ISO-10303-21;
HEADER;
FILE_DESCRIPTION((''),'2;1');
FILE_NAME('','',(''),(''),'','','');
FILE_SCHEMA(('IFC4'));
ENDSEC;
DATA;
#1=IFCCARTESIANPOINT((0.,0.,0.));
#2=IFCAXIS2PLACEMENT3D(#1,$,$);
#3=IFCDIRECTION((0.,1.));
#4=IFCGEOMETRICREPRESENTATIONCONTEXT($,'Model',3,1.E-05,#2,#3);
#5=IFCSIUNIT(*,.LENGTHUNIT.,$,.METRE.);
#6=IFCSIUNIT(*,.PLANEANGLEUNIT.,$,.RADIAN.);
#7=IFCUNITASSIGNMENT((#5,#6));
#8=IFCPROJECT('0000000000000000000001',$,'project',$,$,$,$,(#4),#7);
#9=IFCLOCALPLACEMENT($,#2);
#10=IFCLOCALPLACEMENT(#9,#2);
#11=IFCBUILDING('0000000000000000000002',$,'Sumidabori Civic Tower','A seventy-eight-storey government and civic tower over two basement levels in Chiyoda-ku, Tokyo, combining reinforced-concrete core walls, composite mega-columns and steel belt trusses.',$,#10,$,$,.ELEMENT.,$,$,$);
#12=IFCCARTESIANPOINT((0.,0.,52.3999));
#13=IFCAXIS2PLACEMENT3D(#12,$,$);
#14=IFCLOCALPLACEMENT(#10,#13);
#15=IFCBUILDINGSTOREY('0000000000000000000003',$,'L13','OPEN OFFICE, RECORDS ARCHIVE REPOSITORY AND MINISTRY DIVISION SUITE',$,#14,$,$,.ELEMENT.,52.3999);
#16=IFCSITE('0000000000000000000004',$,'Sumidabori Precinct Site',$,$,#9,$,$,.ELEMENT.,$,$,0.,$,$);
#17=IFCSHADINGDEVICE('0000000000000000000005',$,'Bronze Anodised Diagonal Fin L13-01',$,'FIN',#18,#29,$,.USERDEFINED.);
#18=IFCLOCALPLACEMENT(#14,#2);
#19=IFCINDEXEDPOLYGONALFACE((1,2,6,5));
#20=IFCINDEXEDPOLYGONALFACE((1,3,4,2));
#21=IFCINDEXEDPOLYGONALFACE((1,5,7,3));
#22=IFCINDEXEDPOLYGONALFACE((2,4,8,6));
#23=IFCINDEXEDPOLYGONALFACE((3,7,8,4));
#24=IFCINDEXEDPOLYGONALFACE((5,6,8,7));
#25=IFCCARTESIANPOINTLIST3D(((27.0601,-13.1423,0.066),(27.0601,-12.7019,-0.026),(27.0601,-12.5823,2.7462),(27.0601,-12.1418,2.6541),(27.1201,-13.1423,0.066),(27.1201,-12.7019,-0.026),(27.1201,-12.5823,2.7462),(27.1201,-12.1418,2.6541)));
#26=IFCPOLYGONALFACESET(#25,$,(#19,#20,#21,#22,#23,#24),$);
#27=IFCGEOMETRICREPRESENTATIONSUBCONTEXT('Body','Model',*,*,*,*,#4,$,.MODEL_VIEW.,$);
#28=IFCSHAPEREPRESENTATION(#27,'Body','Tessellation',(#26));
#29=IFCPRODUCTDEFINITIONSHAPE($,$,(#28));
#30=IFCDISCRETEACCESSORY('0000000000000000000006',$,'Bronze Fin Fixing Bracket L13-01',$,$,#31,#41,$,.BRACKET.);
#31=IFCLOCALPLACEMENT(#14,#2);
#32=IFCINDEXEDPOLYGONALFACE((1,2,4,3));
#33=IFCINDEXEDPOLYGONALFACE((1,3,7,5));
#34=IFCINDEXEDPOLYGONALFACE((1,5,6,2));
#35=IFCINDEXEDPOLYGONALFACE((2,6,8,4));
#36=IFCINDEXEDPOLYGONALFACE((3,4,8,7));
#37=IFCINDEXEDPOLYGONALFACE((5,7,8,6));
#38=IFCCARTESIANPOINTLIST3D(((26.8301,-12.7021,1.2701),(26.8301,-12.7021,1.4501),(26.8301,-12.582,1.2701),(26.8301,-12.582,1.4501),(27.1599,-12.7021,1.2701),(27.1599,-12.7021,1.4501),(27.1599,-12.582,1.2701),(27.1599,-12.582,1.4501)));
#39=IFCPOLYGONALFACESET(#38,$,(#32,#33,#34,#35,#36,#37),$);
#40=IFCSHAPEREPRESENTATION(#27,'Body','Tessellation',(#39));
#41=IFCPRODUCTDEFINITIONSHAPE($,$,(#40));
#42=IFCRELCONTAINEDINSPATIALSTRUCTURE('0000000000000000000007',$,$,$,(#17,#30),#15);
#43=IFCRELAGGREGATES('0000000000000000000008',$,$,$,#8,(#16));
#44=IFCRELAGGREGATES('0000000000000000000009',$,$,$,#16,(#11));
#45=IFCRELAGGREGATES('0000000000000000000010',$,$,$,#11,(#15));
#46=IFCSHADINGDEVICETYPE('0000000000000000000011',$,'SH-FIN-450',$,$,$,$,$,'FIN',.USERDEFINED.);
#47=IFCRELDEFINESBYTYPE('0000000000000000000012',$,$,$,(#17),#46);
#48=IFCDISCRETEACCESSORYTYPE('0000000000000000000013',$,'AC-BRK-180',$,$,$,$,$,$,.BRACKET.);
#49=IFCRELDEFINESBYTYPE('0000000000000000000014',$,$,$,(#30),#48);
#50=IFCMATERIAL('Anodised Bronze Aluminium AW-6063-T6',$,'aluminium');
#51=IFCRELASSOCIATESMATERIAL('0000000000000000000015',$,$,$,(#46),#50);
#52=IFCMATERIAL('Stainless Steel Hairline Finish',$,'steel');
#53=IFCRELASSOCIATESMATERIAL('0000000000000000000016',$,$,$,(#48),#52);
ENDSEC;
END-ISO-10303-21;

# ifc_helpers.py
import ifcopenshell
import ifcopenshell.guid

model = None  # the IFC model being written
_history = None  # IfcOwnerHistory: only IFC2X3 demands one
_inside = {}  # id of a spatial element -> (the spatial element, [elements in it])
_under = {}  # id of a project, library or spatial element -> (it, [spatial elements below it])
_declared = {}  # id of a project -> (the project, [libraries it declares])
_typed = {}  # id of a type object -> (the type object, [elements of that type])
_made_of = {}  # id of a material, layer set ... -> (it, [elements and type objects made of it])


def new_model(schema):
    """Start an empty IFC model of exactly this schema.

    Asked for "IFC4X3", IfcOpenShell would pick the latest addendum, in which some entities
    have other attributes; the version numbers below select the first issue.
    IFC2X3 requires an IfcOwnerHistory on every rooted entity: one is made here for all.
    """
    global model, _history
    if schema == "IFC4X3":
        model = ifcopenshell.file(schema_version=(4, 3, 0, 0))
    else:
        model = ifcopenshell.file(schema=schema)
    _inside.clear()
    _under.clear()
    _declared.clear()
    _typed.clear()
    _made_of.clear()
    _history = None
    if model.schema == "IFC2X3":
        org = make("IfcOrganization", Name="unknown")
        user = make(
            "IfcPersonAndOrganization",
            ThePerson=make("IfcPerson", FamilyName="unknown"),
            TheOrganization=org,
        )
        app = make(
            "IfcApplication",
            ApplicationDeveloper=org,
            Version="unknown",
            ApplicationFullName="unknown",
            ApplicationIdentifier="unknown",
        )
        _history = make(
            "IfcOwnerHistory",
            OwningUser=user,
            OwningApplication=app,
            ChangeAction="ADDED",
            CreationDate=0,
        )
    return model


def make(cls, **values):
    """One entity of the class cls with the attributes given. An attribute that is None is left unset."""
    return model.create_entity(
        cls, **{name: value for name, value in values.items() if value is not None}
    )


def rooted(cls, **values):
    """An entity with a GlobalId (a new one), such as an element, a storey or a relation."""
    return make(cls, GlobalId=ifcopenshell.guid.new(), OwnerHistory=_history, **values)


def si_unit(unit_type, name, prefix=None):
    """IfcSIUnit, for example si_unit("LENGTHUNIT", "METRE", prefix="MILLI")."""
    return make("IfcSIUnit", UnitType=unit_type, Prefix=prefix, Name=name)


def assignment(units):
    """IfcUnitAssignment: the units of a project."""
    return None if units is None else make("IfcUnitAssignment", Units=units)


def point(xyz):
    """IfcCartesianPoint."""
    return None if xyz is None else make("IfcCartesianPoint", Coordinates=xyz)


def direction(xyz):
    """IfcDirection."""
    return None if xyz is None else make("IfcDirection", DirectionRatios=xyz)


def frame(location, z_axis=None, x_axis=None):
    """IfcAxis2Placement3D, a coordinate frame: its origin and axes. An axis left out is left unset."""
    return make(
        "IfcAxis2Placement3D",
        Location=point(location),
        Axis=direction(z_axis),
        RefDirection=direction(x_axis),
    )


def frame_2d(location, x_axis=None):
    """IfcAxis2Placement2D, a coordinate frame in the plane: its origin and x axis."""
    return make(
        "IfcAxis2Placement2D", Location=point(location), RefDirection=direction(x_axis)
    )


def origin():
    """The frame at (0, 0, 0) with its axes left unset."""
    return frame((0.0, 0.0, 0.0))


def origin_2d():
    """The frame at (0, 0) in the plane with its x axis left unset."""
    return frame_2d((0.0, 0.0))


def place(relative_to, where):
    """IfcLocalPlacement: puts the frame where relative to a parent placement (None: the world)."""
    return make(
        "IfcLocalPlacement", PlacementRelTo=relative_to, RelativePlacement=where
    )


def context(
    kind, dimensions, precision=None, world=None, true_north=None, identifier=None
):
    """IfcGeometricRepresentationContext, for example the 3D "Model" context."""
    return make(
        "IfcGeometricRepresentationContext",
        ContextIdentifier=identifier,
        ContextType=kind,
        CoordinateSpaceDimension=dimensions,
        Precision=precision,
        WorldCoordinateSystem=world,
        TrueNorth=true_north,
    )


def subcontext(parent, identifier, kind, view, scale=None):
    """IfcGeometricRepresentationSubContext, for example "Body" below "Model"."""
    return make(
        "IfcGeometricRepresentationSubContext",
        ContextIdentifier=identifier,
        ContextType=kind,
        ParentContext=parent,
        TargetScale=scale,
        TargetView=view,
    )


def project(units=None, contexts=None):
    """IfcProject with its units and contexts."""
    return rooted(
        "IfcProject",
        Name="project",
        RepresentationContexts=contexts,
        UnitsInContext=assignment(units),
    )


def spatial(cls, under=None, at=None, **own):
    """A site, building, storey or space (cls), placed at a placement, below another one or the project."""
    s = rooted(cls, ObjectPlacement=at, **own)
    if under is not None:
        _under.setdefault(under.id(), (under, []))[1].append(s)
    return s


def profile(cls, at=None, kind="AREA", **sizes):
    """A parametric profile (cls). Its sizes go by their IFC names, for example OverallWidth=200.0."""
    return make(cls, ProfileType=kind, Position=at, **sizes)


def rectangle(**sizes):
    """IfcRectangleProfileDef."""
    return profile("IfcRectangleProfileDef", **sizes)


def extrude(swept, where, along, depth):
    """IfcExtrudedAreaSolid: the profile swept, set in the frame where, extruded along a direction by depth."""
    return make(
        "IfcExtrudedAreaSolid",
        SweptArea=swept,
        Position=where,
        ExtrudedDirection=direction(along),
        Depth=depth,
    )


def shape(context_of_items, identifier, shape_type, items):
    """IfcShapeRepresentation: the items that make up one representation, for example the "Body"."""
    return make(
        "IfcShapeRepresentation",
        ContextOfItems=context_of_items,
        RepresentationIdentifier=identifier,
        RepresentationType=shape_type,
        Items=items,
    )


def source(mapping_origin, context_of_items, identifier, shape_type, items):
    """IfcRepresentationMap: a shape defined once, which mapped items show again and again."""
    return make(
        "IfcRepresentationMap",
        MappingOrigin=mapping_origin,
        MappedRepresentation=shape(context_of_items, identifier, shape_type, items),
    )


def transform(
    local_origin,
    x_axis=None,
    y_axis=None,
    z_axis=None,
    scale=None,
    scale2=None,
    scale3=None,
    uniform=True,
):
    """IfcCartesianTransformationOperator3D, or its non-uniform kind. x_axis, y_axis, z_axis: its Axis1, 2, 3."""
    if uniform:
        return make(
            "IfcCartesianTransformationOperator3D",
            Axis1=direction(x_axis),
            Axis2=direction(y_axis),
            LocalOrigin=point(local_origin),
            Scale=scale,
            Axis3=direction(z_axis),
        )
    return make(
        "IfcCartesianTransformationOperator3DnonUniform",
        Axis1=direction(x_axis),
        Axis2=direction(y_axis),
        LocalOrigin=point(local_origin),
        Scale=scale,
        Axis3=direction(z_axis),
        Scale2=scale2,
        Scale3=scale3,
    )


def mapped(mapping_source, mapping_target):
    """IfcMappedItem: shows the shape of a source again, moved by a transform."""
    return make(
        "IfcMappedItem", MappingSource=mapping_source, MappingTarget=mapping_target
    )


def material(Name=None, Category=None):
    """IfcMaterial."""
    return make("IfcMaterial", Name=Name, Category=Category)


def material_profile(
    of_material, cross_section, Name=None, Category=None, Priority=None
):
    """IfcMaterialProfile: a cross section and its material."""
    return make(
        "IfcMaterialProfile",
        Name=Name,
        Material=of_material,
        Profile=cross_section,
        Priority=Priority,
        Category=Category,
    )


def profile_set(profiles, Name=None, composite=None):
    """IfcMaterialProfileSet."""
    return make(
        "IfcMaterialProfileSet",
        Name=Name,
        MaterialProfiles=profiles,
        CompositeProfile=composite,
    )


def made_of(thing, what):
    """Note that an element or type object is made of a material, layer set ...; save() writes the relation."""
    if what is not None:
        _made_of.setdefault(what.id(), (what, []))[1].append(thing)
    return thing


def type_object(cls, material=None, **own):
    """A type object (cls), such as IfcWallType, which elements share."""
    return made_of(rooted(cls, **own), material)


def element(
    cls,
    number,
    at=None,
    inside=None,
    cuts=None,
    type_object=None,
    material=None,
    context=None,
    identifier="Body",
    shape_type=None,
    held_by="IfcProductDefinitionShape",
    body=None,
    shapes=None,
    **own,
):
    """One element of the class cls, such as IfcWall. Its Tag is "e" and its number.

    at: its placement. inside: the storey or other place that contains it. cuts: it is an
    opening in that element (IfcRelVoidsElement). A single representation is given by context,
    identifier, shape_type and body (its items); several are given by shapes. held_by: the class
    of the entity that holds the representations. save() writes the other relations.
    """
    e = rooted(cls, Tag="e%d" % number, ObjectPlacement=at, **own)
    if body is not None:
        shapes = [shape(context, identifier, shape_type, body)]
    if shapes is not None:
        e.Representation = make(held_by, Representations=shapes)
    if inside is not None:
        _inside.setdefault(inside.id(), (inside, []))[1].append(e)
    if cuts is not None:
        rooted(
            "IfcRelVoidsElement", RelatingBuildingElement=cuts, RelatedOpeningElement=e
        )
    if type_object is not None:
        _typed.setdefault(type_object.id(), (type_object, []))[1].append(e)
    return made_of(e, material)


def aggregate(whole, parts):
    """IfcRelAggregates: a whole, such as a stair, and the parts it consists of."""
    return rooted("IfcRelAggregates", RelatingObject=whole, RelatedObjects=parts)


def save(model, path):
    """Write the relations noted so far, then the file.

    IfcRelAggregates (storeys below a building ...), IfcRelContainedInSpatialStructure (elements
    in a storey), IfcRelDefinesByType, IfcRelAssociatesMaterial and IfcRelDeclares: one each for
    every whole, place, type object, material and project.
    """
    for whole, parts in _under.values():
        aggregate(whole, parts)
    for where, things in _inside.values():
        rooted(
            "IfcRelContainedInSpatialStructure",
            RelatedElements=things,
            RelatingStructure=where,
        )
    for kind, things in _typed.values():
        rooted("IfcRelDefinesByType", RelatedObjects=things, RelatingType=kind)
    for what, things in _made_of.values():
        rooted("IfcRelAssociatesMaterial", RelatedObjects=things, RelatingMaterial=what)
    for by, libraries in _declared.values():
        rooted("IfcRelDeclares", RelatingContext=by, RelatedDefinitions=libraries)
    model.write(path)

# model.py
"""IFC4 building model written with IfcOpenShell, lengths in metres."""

from ifc_helpers import new_model, si_unit, direction, frame, origin, origin_2d, place, context, subcontext, project, spatial, rectangle, extrude, source, transform, mapped, material, material_profile, profile_set, type_object, element, save


model = new_model("IFC4")

# Units and contexts
model_context = context("Model", 3, precision=1e-05, world=origin(), true_north=direction((0.0, 1.0)))
body_context = subcontext(model_context, "Body", "Model", "MODEL_VIEW")
ifc_project = project(units=[si_unit("LENGTHUNIT", "METRE"), si_unit("PLANEANGLEUNIT", "RADIAN")], contexts=[model_context])

# Site, building, storey
site_placement = place(None, origin())
site = spatial("IfcSite", under=ifc_project, at=site_placement, Name="Sumidabori Precinct Site", CompositionType="ELEMENT", RefElevation=0.0)
building_placement = place(site_placement, origin())
building = spatial("IfcBuilding", under=site, at=building_placement, Name="Sumidabori Civic Tower", Description="A seventy-eight-storey government and civic tower over two basement levels in Chiyoda-ku, Tokyo, combining reinforced-concrete core walls, composite mega-columns and steel belt trusses.", CompositionType="ELEMENT")
storey_placement = place(building_placement, frame((0.0, 0.0, 52.3999)))
storey = spatial("IfcBuildingStorey", under=building, at=storey_placement, Name="L13", Description="OPEN OFFICE, RECORDS ARCHIVE REPOSITORY AND MINISTRY DIVISION SUITE", CompositionType="ELEMENT", Elevation=52.3999)

# Shared definitions
ifc_material_1 = material(Name="Anodised Bronze Aluminium AW-6063-T6", Category="aluminium")

# Shading device
ifc_material_profile_1 = material_profile(ifc_material_1, rectangle(XDim=0.0601, YDim=0.45, at=origin_2d()), Name="BRONZE FIN 450x60")
ifc_profile_set_1 = profile_set([ifc_material_profile_1], Name="Anodised Bronze Aluminium AW-6063-T6")
shading_device_type = type_object("IfcShadingDeviceType", Name="SH-FIN-450", ElementType="FIN", PredefinedType="USERDEFINED", material=ifc_profile_set_1)
shared_shape_1 = source(origin(), body_context, "Body", "SweptSolid", [
    extrude(rectangle(XDim=0.0601, YDim=0.45, at=origin_2d()), origin(), (0.0, 0.0, 1.0), 2.738),
])
shading_device_placement = place(storey_placement, frame((27.0901, -12.9221, 0.02), z_axis=(0.0, 0.204545, 0.978857), x_axis=(-1.0, 0.0, 0.0)))
element("IfcShadingDevice", 1, at=shading_device_placement, inside=storey, type_object=shading_device_type, Name="Bronze Anodised Diagonal Fin L13-01", ObjectType="FIN", PredefinedType="USERDEFINED", context=body_context, shape_type="MappedRepresentation", body=[
    mapped(shared_shape_1, transform((0.0, 0.0, 0.0), x_axis=(1.0, 0.0, 0.0), y_axis=(0.0, 1.0, 0.0), z_axis=(0.0, 0.0, 1.0), scale=1.0)),
])

# Discrete accessory
ifc_material_2 = material(Name="Stainless Steel Hairline Finish", Category="steel")
ifc_material_profile_2 = material_profile(ifc_material_2, rectangle(XDim=0.1201, YDim=0.1799, at=origin_2d()), Name="STEEL BRACKET 180x120")
ifc_profile_set_2 = profile_set([ifc_material_profile_2], Name="Stainless Steel Hairline Finish")
discrete_accessory_type = type_object("IfcDiscreteAccessoryType", Name="AC-BRK-180", PredefinedType="BRACKET", material=ifc_profile_set_2)
shared_shape_2 = source(origin(), body_context, "Body", "SweptSolid", [
    extrude(rectangle(XDim=0.1201, YDim=0.1799, at=origin_2d()), origin(), (0.0, 0.0, 1.0), 0.3298),
])
discrete_accessory_placement = place(storey_placement, frame((26.8301, -12.6421, 1.3601), z_axis=(1.0, 0.0, 0.0), x_axis=(0.0, 1.0, 0.0)))
element("IfcDiscreteAccessory", 2, at=discrete_accessory_placement, inside=storey, type_object=discrete_accessory_type, Name="Bronze Fin Fixing Bracket L13-01", PredefinedType="BRACKET", context=body_context, shape_type="MappedRepresentation", body=[
    mapped(shared_shape_2, transform((0.0, 0.0, 0.0), x_axis=(1.0, 0.0, 0.0), y_axis=(0.0, 1.0, 0.0), z_axis=(0.0, 0.0, 1.0), scale=1.0)),
])

save(model, "model.ifc")
